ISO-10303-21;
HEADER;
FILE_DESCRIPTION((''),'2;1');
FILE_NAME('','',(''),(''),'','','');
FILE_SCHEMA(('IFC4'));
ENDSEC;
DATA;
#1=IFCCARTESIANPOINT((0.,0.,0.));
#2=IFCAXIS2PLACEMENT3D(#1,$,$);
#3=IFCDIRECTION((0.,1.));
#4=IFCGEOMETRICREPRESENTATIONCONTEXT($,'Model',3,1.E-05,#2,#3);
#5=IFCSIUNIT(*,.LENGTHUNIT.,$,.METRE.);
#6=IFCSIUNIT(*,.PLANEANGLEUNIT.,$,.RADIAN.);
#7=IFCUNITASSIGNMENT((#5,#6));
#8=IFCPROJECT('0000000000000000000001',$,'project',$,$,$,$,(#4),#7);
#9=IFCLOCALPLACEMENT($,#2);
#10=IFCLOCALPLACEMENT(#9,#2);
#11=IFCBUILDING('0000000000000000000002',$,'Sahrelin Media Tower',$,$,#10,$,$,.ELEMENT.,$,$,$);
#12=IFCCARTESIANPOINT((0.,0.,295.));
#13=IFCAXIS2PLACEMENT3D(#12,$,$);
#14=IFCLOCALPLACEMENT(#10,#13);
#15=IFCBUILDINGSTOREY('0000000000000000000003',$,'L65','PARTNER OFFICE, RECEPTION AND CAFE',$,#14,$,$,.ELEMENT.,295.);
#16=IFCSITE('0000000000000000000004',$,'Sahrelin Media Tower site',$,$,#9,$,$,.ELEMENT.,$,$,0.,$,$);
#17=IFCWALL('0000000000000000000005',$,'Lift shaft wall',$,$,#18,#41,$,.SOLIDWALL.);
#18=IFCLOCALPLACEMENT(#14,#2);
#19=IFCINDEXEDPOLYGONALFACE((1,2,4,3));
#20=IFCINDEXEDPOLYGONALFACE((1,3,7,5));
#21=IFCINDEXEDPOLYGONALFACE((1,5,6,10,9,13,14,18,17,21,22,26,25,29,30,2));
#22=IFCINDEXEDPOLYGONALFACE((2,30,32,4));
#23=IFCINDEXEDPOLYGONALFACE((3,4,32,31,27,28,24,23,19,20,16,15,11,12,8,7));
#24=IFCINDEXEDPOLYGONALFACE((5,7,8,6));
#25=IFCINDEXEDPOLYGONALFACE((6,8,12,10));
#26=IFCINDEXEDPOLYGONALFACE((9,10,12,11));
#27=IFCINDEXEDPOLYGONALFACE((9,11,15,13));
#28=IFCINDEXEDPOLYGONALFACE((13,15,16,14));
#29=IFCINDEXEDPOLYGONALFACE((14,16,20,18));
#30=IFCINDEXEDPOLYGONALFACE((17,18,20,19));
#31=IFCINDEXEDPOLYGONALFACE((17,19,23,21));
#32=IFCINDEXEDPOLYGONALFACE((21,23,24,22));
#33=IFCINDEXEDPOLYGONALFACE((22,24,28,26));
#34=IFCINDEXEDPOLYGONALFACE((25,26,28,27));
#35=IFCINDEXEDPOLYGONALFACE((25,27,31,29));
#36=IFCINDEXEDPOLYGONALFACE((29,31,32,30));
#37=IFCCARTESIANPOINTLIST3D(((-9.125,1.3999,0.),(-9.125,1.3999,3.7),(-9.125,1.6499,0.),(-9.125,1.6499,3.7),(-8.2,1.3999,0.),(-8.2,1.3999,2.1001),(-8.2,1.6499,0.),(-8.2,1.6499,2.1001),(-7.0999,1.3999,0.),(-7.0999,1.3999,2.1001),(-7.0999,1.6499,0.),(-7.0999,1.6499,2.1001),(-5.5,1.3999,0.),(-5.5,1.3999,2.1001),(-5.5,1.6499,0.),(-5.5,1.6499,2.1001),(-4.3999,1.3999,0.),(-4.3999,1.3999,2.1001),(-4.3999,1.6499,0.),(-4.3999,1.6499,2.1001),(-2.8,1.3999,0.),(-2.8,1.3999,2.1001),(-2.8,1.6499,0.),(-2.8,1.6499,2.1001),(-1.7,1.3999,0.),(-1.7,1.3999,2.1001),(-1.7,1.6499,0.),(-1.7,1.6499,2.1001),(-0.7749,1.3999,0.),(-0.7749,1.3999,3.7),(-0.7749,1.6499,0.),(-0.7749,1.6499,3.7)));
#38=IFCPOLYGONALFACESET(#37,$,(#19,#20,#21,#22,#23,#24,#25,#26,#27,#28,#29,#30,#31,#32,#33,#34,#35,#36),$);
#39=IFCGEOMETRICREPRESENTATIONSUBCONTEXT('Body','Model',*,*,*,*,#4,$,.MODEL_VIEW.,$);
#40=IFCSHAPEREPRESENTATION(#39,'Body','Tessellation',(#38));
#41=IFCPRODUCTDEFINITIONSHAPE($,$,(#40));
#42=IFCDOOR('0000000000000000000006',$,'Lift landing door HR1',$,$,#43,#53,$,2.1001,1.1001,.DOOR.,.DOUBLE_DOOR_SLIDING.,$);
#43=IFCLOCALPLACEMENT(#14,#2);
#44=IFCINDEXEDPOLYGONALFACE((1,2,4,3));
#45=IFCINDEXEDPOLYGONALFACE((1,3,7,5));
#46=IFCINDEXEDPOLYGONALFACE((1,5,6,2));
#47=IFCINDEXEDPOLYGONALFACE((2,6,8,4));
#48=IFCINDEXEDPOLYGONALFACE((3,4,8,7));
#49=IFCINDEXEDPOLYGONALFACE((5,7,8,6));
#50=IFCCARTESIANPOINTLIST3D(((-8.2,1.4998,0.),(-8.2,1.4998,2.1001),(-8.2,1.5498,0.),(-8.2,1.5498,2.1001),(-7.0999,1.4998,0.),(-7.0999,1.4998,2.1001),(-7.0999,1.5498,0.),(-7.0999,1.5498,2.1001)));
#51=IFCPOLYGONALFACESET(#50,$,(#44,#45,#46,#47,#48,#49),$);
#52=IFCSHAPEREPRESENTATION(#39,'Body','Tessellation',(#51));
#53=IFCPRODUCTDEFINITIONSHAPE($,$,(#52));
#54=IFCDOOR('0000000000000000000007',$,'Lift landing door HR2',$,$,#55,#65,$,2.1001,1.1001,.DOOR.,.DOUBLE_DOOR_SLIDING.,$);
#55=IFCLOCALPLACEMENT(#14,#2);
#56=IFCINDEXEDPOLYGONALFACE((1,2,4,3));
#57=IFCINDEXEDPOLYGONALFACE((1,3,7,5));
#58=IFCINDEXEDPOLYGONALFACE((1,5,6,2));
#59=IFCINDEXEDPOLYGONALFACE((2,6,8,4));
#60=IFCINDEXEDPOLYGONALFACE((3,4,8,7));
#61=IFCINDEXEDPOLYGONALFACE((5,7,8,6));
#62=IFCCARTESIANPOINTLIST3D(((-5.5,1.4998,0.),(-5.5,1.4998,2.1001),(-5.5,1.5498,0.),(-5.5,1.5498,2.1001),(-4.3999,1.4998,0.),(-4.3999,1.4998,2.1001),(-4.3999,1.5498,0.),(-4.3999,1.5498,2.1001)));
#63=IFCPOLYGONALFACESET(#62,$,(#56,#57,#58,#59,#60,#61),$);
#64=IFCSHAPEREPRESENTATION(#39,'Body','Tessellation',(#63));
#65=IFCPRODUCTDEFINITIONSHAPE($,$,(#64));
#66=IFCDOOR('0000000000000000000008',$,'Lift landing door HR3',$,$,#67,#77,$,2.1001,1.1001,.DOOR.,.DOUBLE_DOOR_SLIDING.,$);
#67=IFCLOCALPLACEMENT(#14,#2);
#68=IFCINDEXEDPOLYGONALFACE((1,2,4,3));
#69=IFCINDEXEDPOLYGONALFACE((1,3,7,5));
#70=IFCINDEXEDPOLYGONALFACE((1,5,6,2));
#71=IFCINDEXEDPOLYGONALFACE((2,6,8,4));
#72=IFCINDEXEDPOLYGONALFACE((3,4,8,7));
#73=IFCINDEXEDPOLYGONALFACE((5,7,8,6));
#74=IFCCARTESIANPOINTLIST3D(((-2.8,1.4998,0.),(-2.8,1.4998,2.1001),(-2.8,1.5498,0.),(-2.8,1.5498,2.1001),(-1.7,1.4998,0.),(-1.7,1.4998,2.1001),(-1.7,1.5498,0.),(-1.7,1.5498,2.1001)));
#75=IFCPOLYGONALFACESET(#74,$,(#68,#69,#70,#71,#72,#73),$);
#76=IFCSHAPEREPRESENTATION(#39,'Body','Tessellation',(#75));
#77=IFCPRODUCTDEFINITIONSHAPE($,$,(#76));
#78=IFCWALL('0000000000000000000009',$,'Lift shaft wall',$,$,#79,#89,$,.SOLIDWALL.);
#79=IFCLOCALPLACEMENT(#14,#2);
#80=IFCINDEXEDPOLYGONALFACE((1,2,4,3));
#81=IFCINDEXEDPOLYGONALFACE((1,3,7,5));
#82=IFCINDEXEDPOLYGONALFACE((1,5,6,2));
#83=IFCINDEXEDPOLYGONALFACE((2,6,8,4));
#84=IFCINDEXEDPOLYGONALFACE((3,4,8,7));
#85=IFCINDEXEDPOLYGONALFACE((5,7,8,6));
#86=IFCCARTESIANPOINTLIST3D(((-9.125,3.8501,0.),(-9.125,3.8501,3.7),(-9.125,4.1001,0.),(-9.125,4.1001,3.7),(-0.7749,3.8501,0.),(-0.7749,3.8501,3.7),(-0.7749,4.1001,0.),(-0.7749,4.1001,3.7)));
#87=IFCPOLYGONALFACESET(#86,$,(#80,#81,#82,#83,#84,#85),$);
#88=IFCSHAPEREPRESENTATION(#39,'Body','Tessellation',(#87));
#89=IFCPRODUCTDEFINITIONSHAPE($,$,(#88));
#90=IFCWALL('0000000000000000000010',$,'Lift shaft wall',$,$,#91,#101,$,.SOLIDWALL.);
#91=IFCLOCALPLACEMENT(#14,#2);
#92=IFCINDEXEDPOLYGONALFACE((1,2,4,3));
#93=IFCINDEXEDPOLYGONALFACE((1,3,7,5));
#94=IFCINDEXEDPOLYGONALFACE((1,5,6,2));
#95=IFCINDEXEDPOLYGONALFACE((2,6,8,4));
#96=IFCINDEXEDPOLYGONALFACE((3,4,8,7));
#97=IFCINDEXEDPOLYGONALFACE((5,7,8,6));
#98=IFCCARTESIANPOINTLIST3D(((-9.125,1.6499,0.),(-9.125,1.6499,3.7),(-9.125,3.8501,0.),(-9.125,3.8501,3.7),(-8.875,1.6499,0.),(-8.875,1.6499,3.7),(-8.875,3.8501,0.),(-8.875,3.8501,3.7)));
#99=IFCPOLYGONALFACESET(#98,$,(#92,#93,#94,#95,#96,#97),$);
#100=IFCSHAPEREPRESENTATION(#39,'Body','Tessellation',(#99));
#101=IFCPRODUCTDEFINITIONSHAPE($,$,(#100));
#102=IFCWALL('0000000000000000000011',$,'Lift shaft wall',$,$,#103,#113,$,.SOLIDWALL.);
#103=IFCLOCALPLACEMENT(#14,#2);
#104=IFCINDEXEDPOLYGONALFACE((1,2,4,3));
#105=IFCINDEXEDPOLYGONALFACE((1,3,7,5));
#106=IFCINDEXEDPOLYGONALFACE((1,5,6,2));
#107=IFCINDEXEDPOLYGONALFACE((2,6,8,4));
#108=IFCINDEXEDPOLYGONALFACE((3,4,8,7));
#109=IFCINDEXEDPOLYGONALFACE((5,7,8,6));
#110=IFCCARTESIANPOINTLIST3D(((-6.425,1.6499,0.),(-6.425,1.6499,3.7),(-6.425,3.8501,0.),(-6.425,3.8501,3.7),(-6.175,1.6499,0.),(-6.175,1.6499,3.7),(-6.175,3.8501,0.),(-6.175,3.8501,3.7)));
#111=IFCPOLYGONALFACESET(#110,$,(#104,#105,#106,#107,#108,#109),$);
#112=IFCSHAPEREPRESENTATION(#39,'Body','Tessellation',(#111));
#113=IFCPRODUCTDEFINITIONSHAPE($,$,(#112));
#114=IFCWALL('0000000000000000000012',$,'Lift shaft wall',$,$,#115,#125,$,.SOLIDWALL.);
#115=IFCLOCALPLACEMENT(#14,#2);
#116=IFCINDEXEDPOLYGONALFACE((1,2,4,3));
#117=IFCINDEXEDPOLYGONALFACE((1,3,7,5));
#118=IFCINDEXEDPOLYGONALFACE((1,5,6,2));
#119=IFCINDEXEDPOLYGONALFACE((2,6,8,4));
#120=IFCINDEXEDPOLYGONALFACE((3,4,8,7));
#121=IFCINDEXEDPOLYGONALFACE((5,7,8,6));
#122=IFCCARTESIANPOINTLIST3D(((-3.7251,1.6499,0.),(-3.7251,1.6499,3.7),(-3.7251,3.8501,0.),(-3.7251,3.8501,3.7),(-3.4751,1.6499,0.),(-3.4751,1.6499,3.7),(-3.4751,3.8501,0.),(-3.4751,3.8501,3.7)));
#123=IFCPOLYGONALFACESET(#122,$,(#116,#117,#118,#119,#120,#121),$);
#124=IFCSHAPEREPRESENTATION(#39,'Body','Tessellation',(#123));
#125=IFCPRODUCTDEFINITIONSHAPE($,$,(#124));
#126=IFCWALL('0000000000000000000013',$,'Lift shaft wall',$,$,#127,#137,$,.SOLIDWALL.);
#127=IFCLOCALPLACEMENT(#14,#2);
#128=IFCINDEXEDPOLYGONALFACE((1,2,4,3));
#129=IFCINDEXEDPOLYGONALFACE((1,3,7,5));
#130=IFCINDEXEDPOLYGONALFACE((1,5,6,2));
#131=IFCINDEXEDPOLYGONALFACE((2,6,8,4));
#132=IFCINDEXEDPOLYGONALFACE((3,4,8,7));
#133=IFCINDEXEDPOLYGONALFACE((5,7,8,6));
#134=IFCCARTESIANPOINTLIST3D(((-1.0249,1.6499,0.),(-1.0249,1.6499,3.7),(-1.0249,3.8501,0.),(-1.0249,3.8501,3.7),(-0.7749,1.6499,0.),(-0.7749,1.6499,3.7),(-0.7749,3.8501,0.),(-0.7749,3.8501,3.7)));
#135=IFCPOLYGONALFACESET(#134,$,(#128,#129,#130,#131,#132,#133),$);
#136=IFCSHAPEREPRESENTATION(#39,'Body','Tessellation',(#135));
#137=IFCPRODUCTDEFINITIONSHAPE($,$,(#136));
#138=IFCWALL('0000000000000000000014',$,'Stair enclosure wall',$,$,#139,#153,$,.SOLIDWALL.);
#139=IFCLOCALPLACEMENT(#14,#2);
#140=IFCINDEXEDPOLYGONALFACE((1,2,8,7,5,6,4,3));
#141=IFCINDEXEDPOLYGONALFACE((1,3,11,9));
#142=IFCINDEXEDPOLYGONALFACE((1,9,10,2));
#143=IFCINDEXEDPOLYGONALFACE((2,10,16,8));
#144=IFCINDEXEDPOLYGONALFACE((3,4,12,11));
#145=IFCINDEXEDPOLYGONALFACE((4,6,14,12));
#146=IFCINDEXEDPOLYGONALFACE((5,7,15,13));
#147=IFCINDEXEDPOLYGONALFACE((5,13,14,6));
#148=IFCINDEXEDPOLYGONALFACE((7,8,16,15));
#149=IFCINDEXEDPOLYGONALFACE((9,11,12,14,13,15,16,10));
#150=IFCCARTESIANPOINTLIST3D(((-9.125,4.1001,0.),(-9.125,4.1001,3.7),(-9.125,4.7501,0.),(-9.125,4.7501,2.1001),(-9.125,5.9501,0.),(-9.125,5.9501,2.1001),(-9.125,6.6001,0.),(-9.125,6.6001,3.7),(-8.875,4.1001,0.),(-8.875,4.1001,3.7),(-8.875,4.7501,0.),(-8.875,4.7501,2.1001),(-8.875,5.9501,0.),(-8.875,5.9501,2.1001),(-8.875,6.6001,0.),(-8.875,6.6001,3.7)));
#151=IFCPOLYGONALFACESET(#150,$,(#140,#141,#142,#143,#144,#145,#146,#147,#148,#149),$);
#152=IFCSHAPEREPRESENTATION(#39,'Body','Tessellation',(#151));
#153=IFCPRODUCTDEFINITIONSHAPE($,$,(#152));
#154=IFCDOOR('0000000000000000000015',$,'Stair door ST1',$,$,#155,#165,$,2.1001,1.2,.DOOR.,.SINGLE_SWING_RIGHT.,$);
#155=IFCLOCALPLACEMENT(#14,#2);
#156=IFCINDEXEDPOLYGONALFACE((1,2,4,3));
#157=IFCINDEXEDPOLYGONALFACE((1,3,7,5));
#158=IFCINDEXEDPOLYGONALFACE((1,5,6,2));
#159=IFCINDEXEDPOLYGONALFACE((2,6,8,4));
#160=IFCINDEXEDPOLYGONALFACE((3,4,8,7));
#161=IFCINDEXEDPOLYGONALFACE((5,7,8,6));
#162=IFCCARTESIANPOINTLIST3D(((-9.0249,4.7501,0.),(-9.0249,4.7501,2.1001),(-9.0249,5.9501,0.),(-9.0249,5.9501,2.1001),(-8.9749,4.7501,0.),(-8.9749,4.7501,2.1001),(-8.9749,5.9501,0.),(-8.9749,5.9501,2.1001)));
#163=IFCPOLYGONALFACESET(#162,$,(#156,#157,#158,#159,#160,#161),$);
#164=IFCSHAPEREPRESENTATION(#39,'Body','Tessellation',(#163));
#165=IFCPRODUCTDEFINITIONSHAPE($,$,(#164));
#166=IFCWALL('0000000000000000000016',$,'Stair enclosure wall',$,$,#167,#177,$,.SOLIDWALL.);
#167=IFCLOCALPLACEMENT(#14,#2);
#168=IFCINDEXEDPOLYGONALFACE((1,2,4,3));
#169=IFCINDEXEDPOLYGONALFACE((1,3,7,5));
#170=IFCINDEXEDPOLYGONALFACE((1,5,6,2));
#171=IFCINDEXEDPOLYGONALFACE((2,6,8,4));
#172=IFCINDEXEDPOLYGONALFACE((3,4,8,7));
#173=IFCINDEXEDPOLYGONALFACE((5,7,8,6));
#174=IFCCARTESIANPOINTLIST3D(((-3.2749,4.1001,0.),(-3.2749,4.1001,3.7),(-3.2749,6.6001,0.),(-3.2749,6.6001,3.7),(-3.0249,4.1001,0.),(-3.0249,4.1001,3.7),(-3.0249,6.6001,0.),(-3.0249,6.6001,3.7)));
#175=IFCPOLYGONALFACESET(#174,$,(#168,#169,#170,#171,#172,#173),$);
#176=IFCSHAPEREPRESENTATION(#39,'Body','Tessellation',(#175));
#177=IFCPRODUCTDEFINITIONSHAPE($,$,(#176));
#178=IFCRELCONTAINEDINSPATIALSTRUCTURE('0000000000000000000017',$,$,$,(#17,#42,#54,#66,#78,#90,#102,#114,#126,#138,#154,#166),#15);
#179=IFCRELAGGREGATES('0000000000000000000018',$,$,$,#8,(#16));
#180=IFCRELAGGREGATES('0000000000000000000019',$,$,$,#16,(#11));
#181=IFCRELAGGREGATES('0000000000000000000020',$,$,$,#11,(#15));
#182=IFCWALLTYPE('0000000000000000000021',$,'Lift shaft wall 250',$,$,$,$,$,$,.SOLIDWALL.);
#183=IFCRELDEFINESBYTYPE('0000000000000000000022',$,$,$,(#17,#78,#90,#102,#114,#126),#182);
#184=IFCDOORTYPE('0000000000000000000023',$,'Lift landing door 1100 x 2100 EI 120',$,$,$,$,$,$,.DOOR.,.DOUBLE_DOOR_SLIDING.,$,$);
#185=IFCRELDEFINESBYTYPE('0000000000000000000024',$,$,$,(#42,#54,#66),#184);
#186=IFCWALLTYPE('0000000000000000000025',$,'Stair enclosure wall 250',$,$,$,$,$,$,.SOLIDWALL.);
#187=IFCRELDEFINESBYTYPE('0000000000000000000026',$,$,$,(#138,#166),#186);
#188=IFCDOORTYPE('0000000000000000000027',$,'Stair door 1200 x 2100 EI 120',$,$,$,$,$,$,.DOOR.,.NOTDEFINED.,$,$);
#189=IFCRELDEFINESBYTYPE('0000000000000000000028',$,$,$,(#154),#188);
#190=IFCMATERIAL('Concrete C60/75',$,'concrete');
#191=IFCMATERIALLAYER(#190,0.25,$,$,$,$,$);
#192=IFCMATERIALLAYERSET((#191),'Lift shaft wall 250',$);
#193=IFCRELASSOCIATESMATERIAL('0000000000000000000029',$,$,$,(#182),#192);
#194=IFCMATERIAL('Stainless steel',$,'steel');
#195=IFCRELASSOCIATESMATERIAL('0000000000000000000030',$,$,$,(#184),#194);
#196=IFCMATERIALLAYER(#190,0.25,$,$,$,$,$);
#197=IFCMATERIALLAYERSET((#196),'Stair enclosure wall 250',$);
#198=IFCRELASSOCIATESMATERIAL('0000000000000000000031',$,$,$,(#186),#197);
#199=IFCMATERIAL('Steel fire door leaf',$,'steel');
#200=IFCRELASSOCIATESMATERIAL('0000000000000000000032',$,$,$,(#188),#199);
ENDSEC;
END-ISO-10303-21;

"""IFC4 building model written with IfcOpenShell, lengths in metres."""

from ifc_helpers import new_model, si_unit, direction, frame, frame_2d, origin, place, context, subcontext, project, spatial, rectangle, extrude, material, layer, layer_set, type_object, element, fill, save


model = new_model("IFC4")

# Units and contexts
model_context = context("Model", 3, precision=1e-05, world=origin(), true_north=direction((0.0, 1.0)))
body_context = subcontext(model_context, "Body", "Model", "MODEL_VIEW")
ifc_project = project(units=[si_unit("LENGTHUNIT", "METRE"), si_unit("PLANEANGLEUNIT", "RADIAN")], contexts=[model_context])

# Site, building, storey
site_placement = place(None, origin())
site = spatial("IfcSite", under=ifc_project, at=site_placement, Name="Sahrelin Media Tower site", CompositionType="ELEMENT", RefElevation=0.0)
building_placement = place(site_placement, origin())
building = spatial("IfcBuilding", under=site, at=building_placement, Name="Sahrelin Media Tower", CompositionType="ELEMENT")
storey_placement = place(building_placement, frame((0.0, 0.0, 295.0)))
storey = spatial("IfcBuildingStorey", under=building, at=storey_placement, Name="L65", Description="PARTNER OFFICE, RECEPTION AND CAFE", CompositionType="ELEMENT", Elevation=295.0)

# Shared definitions
ifc_material_1 = material(Name="Concrete C60/75", Category="concrete")

# Shared definitions
ifc_material_2 = material(Name="Steel fire door leaf", Category="steel")

# Wall, openings, doors
ifc_layer_1 = layer(ifc_material_1, 0.25)
ifc_layer_set_1 = layer_set([ifc_layer_1], Name="Lift shaft wall 250")
wall_type_1 = type_object("IfcWallType", Name="Lift shaft wall 250", PredefinedType="SOLIDWALL", material=ifc_layer_set_1)
wall_1_placement = place(storey_placement, frame((-9.125, 1.5249, 0.0), z_axis=(0.0, 0.0, 1.0), x_axis=(1.0, 0.0, 0.0)))
wall_1 = element("IfcWall", 1, at=wall_1_placement, inside=storey, type_object=wall_type_1, Name="Lift shaft wall", PredefinedType="SOLIDWALL", context=body_context, shape_type="SweptSolid", body=[
    extrude(rectangle(XDim=8.3501, YDim=0.25, at=frame_2d((4.175, 0.0))), origin(), (0.0, 0.0, 1.0), 3.7),
])
opening_1_placement = place(wall_1_placement, frame((0.925, 0.0, 0.0)))
opening_1 = element("IfcOpeningElement", 2, at=opening_1_placement, cuts=wall_1, PredefinedType="OPENING", context=body_context, shape_type="SweptSolid", body=[
    extrude(rectangle(XDim=1.1001, YDim=2.1001, at=frame_2d((0.55, 1.05))), frame((0.0, 0.125, 0.0), z_axis=(0.0, -1.0, 0.0), x_axis=(1.0, 0.0, 0.0)), (0.0, 0.0, 1.0), 0.25),
])
opening_2_placement = place(wall_1_placement, frame((3.625, 0.0, 0.0)))
opening_2 = element("IfcOpeningElement", 3, at=opening_2_placement, cuts=wall_1, PredefinedType="OPENING", context=body_context, shape_type="SweptSolid", body=[
    extrude(rectangle(XDim=1.1001, YDim=2.1001, at=frame_2d((0.55, 1.05))), frame((0.0, 0.125, 0.0), z_axis=(0.0, -1.0, 0.0), x_axis=(1.0, 0.0, 0.0)), (0.0, 0.0, 1.0), 0.25),
])
opening_3_placement = place(wall_1_placement, frame((6.325, 0.0, 0.0)))
opening_3 = element("IfcOpeningElement", 4, at=opening_3_placement, cuts=wall_1, PredefinedType="OPENING", context=body_context, shape_type="SweptSolid", body=[
    extrude(rectangle(XDim=1.1001, YDim=2.1001, at=frame_2d((0.55, 1.05))), frame((0.0, 0.125, 0.0), z_axis=(0.0, -1.0, 0.0), x_axis=(1.0, 0.0, 0.0)), (0.0, 0.0, 1.0), 0.25),
])
ifc_material_3 = material(Name="Stainless steel", Category="steel")
door_type_1 = type_object("IfcDoorType", Name="Lift landing door 1100 x 2100 EI 120", OperationType="DOUBLE_DOOR_SLIDING", PredefinedType="DOOR", material=ifc_material_3)
door_1_placement = place(opening_1_placement, origin())
door_1 = element("IfcDoor", 5, at=door_1_placement, inside=storey, type_object=door_type_1, Name="Lift landing door HR1", OperationType="DOUBLE_DOOR_SLIDING", OverallHeight=2.1001, OverallWidth=1.1001, PredefinedType="DOOR", context=body_context, shape_type="SweptSolid", body=[
    extrude(rectangle(XDim=1.1001, YDim=2.1001, at=frame_2d((0.55, 1.05))), frame((0.0, 0.0249, 0.0), z_axis=(0.0, -1.0, 0.0), x_axis=(1.0, 0.0, 0.0)), (0.0, 0.0, 1.0), 0.05),
])
fill(opening_1, door_1)
door_2_placement = place(opening_2_placement, origin())
door_2 = element("IfcDoor", 6, at=door_2_placement, inside=storey, type_object=door_type_1, Name="Lift landing door HR2", OperationType="DOUBLE_DOOR_SLIDING", OverallHeight=2.1001, OverallWidth=1.1001, PredefinedType="DOOR", context=body_context, shape_type="SweptSolid", body=[
    extrude(rectangle(XDim=1.1001, YDim=2.1001, at=frame_2d((0.55, 1.05))), frame((0.0, 0.0249, 0.0), z_axis=(0.0, -1.0, 0.0), x_axis=(1.0, 0.0, 0.0)), (0.0, 0.0, 1.0), 0.05),
])
fill(opening_2, door_2)
door_3_placement = place(opening_3_placement, origin())
door_3 = element("IfcDoor", 7, at=door_3_placement, inside=storey, type_object=door_type_1, Name="Lift landing door HR3", OperationType="DOUBLE_DOOR_SLIDING", OverallHeight=2.1001, OverallWidth=1.1001, PredefinedType="DOOR", context=body_context, shape_type="SweptSolid", body=[
    extrude(rectangle(XDim=1.1001, YDim=2.1001, at=frame_2d((0.55, 1.05))), frame((0.0, 0.0249, 0.0), z_axis=(0.0, -1.0, 0.0), x_axis=(1.0, 0.0, 0.0)), (0.0, 0.0, 1.0), 0.05),
])
fill(opening_3, door_3)

# Walls
wall_2_placement = place(storey_placement, frame((-9.125, 3.9751, 0.0), z_axis=(0.0, 0.0, 1.0), x_axis=(1.0, 0.0, 0.0)))
element("IfcWall", 8, at=wall_2_placement, inside=storey, type_object=wall_type_1, Name="Lift shaft wall", PredefinedType="SOLIDWALL", context=body_context, shape_type="SweptSolid", body=[
    extrude(rectangle(XDim=8.3501, YDim=0.25, at=frame_2d((4.175, 0.0))), origin(), (0.0, 0.0, 1.0), 3.7),
])
for number, where, z_axis, x_axis, name in (
    (9, (-9.0, 1.6499, 0.0), (0.0, 0.0, 1.0), (0.0, 1.0, 0.0), "Lift shaft wall"),
    (10, (-6.3, 1.6499, 0.0), (0.0, 0.0, 1.0), (0.0, 1.0, 0.0), "Lift shaft wall"),
    (11, (-3.6001, 1.6499, 0.0), (0.0, 0.0, 1.0), (0.0, 1.0, 0.0), "Lift shaft wall"),
    (12, (-0.8999, 1.6499, 0.0), (0.0, 0.0, 1.0), (0.0, 1.0, 0.0), "Lift shaft wall"),
):
    element("IfcWall", number, at=place(storey_placement, frame(where, z_axis=z_axis, x_axis=x_axis)), inside=storey, type_object=wall_type_1, Name=name, PredefinedType="SOLIDWALL", context=body_context, shape_type="SweptSolid", body=[
        extrude(rectangle(XDim=2.2002, YDim=0.25, at=frame_2d((1.1001, 0.0))), origin(), (0.0, 0.0, 1.0), 3.7),
    ])

# Wall, opening, door
ifc_layer_2 = layer(ifc_material_1, 0.25)
ifc_layer_set_2 = layer_set([ifc_layer_2], Name="Stair enclosure wall 250")
wall_type_2 = type_object("IfcWallType", Name="Stair enclosure wall 250", PredefinedType="SOLIDWALL", material=ifc_layer_set_2)
wall_3_placement = place(storey_placement, frame((-9.0, 4.1001, 0.0), z_axis=(0.0, 0.0, 1.0), x_axis=(0.0, 1.0, 0.0)))
wall_3 = element("IfcWall", 13, at=wall_3_placement, inside=storey, type_object=wall_type_2, Name="Stair enclosure wall", PredefinedType="SOLIDWALL", context=body_context, shape_type="SweptSolid", body=[
    extrude(rectangle(XDim=2.5, YDim=0.25, at=frame_2d((1.25, 0.0))), origin(), (0.0, 0.0, 1.0), 3.7),
])
opening_4_placement = place(wall_3_placement, frame((0.6499, 0.0, 0.0)))
opening_4 = element("IfcOpeningElement", 14, at=opening_4_placement, cuts=wall_3, PredefinedType="OPENING", context=body_context, shape_type="SweptSolid", body=[
    extrude(rectangle(XDim=1.2, YDim=2.1001, at=frame_2d((0.6001, 1.05))), frame((0.0, 0.125, 0.0), z_axis=(0.0, -1.0, 0.0), x_axis=(1.0, 0.0, 0.0)), (0.0, 0.0, 1.0), 0.25),
])
door_type_2 = type_object("IfcDoorType", Name="Stair door 1200 x 2100 EI 120", OperationType="NOTDEFINED", PredefinedType="DOOR", material=ifc_material_2)
door_4_placement = place(opening_4_placement, origin())
door_4 = element("IfcDoor", 15, at=door_4_placement, inside=storey, type_object=door_type_2, Name="Stair door ST1", OperationType="SINGLE_SWING_RIGHT", OverallHeight=2.1001, OverallWidth=1.2, PredefinedType="DOOR", context=body_context, shape_type="SweptSolid", body=[
    extrude(rectangle(XDim=1.2, YDim=2.1001, at=frame_2d((0.6001, 1.05))), frame((0.0, 0.0249, 0.0), z_axis=(0.0, -1.0, 0.0), x_axis=(1.0, 0.0, 0.0)), (0.0, 0.0, 1.0), 0.05),
])
fill(opening_4, door_4)

# Wall
wall_4_placement = place(storey_placement, frame((-3.1499, 4.1001, 0.0), z_axis=(0.0, 0.0, 1.0), x_axis=(0.0, 1.0, 0.0)))
element("IfcWall", 16, at=wall_4_placement, inside=storey, type_object=wall_type_2, Name="Stair enclosure wall", PredefinedType="SOLIDWALL", context=body_context, shape_type="SweptSolid", body=[
    extrude(rectangle(XDim=2.5, YDim=0.25, at=frame_2d((1.25, 0.0))), origin(), (0.0, 0.0, 1.0), 3.7),
])

save(model, "model.ifc")
